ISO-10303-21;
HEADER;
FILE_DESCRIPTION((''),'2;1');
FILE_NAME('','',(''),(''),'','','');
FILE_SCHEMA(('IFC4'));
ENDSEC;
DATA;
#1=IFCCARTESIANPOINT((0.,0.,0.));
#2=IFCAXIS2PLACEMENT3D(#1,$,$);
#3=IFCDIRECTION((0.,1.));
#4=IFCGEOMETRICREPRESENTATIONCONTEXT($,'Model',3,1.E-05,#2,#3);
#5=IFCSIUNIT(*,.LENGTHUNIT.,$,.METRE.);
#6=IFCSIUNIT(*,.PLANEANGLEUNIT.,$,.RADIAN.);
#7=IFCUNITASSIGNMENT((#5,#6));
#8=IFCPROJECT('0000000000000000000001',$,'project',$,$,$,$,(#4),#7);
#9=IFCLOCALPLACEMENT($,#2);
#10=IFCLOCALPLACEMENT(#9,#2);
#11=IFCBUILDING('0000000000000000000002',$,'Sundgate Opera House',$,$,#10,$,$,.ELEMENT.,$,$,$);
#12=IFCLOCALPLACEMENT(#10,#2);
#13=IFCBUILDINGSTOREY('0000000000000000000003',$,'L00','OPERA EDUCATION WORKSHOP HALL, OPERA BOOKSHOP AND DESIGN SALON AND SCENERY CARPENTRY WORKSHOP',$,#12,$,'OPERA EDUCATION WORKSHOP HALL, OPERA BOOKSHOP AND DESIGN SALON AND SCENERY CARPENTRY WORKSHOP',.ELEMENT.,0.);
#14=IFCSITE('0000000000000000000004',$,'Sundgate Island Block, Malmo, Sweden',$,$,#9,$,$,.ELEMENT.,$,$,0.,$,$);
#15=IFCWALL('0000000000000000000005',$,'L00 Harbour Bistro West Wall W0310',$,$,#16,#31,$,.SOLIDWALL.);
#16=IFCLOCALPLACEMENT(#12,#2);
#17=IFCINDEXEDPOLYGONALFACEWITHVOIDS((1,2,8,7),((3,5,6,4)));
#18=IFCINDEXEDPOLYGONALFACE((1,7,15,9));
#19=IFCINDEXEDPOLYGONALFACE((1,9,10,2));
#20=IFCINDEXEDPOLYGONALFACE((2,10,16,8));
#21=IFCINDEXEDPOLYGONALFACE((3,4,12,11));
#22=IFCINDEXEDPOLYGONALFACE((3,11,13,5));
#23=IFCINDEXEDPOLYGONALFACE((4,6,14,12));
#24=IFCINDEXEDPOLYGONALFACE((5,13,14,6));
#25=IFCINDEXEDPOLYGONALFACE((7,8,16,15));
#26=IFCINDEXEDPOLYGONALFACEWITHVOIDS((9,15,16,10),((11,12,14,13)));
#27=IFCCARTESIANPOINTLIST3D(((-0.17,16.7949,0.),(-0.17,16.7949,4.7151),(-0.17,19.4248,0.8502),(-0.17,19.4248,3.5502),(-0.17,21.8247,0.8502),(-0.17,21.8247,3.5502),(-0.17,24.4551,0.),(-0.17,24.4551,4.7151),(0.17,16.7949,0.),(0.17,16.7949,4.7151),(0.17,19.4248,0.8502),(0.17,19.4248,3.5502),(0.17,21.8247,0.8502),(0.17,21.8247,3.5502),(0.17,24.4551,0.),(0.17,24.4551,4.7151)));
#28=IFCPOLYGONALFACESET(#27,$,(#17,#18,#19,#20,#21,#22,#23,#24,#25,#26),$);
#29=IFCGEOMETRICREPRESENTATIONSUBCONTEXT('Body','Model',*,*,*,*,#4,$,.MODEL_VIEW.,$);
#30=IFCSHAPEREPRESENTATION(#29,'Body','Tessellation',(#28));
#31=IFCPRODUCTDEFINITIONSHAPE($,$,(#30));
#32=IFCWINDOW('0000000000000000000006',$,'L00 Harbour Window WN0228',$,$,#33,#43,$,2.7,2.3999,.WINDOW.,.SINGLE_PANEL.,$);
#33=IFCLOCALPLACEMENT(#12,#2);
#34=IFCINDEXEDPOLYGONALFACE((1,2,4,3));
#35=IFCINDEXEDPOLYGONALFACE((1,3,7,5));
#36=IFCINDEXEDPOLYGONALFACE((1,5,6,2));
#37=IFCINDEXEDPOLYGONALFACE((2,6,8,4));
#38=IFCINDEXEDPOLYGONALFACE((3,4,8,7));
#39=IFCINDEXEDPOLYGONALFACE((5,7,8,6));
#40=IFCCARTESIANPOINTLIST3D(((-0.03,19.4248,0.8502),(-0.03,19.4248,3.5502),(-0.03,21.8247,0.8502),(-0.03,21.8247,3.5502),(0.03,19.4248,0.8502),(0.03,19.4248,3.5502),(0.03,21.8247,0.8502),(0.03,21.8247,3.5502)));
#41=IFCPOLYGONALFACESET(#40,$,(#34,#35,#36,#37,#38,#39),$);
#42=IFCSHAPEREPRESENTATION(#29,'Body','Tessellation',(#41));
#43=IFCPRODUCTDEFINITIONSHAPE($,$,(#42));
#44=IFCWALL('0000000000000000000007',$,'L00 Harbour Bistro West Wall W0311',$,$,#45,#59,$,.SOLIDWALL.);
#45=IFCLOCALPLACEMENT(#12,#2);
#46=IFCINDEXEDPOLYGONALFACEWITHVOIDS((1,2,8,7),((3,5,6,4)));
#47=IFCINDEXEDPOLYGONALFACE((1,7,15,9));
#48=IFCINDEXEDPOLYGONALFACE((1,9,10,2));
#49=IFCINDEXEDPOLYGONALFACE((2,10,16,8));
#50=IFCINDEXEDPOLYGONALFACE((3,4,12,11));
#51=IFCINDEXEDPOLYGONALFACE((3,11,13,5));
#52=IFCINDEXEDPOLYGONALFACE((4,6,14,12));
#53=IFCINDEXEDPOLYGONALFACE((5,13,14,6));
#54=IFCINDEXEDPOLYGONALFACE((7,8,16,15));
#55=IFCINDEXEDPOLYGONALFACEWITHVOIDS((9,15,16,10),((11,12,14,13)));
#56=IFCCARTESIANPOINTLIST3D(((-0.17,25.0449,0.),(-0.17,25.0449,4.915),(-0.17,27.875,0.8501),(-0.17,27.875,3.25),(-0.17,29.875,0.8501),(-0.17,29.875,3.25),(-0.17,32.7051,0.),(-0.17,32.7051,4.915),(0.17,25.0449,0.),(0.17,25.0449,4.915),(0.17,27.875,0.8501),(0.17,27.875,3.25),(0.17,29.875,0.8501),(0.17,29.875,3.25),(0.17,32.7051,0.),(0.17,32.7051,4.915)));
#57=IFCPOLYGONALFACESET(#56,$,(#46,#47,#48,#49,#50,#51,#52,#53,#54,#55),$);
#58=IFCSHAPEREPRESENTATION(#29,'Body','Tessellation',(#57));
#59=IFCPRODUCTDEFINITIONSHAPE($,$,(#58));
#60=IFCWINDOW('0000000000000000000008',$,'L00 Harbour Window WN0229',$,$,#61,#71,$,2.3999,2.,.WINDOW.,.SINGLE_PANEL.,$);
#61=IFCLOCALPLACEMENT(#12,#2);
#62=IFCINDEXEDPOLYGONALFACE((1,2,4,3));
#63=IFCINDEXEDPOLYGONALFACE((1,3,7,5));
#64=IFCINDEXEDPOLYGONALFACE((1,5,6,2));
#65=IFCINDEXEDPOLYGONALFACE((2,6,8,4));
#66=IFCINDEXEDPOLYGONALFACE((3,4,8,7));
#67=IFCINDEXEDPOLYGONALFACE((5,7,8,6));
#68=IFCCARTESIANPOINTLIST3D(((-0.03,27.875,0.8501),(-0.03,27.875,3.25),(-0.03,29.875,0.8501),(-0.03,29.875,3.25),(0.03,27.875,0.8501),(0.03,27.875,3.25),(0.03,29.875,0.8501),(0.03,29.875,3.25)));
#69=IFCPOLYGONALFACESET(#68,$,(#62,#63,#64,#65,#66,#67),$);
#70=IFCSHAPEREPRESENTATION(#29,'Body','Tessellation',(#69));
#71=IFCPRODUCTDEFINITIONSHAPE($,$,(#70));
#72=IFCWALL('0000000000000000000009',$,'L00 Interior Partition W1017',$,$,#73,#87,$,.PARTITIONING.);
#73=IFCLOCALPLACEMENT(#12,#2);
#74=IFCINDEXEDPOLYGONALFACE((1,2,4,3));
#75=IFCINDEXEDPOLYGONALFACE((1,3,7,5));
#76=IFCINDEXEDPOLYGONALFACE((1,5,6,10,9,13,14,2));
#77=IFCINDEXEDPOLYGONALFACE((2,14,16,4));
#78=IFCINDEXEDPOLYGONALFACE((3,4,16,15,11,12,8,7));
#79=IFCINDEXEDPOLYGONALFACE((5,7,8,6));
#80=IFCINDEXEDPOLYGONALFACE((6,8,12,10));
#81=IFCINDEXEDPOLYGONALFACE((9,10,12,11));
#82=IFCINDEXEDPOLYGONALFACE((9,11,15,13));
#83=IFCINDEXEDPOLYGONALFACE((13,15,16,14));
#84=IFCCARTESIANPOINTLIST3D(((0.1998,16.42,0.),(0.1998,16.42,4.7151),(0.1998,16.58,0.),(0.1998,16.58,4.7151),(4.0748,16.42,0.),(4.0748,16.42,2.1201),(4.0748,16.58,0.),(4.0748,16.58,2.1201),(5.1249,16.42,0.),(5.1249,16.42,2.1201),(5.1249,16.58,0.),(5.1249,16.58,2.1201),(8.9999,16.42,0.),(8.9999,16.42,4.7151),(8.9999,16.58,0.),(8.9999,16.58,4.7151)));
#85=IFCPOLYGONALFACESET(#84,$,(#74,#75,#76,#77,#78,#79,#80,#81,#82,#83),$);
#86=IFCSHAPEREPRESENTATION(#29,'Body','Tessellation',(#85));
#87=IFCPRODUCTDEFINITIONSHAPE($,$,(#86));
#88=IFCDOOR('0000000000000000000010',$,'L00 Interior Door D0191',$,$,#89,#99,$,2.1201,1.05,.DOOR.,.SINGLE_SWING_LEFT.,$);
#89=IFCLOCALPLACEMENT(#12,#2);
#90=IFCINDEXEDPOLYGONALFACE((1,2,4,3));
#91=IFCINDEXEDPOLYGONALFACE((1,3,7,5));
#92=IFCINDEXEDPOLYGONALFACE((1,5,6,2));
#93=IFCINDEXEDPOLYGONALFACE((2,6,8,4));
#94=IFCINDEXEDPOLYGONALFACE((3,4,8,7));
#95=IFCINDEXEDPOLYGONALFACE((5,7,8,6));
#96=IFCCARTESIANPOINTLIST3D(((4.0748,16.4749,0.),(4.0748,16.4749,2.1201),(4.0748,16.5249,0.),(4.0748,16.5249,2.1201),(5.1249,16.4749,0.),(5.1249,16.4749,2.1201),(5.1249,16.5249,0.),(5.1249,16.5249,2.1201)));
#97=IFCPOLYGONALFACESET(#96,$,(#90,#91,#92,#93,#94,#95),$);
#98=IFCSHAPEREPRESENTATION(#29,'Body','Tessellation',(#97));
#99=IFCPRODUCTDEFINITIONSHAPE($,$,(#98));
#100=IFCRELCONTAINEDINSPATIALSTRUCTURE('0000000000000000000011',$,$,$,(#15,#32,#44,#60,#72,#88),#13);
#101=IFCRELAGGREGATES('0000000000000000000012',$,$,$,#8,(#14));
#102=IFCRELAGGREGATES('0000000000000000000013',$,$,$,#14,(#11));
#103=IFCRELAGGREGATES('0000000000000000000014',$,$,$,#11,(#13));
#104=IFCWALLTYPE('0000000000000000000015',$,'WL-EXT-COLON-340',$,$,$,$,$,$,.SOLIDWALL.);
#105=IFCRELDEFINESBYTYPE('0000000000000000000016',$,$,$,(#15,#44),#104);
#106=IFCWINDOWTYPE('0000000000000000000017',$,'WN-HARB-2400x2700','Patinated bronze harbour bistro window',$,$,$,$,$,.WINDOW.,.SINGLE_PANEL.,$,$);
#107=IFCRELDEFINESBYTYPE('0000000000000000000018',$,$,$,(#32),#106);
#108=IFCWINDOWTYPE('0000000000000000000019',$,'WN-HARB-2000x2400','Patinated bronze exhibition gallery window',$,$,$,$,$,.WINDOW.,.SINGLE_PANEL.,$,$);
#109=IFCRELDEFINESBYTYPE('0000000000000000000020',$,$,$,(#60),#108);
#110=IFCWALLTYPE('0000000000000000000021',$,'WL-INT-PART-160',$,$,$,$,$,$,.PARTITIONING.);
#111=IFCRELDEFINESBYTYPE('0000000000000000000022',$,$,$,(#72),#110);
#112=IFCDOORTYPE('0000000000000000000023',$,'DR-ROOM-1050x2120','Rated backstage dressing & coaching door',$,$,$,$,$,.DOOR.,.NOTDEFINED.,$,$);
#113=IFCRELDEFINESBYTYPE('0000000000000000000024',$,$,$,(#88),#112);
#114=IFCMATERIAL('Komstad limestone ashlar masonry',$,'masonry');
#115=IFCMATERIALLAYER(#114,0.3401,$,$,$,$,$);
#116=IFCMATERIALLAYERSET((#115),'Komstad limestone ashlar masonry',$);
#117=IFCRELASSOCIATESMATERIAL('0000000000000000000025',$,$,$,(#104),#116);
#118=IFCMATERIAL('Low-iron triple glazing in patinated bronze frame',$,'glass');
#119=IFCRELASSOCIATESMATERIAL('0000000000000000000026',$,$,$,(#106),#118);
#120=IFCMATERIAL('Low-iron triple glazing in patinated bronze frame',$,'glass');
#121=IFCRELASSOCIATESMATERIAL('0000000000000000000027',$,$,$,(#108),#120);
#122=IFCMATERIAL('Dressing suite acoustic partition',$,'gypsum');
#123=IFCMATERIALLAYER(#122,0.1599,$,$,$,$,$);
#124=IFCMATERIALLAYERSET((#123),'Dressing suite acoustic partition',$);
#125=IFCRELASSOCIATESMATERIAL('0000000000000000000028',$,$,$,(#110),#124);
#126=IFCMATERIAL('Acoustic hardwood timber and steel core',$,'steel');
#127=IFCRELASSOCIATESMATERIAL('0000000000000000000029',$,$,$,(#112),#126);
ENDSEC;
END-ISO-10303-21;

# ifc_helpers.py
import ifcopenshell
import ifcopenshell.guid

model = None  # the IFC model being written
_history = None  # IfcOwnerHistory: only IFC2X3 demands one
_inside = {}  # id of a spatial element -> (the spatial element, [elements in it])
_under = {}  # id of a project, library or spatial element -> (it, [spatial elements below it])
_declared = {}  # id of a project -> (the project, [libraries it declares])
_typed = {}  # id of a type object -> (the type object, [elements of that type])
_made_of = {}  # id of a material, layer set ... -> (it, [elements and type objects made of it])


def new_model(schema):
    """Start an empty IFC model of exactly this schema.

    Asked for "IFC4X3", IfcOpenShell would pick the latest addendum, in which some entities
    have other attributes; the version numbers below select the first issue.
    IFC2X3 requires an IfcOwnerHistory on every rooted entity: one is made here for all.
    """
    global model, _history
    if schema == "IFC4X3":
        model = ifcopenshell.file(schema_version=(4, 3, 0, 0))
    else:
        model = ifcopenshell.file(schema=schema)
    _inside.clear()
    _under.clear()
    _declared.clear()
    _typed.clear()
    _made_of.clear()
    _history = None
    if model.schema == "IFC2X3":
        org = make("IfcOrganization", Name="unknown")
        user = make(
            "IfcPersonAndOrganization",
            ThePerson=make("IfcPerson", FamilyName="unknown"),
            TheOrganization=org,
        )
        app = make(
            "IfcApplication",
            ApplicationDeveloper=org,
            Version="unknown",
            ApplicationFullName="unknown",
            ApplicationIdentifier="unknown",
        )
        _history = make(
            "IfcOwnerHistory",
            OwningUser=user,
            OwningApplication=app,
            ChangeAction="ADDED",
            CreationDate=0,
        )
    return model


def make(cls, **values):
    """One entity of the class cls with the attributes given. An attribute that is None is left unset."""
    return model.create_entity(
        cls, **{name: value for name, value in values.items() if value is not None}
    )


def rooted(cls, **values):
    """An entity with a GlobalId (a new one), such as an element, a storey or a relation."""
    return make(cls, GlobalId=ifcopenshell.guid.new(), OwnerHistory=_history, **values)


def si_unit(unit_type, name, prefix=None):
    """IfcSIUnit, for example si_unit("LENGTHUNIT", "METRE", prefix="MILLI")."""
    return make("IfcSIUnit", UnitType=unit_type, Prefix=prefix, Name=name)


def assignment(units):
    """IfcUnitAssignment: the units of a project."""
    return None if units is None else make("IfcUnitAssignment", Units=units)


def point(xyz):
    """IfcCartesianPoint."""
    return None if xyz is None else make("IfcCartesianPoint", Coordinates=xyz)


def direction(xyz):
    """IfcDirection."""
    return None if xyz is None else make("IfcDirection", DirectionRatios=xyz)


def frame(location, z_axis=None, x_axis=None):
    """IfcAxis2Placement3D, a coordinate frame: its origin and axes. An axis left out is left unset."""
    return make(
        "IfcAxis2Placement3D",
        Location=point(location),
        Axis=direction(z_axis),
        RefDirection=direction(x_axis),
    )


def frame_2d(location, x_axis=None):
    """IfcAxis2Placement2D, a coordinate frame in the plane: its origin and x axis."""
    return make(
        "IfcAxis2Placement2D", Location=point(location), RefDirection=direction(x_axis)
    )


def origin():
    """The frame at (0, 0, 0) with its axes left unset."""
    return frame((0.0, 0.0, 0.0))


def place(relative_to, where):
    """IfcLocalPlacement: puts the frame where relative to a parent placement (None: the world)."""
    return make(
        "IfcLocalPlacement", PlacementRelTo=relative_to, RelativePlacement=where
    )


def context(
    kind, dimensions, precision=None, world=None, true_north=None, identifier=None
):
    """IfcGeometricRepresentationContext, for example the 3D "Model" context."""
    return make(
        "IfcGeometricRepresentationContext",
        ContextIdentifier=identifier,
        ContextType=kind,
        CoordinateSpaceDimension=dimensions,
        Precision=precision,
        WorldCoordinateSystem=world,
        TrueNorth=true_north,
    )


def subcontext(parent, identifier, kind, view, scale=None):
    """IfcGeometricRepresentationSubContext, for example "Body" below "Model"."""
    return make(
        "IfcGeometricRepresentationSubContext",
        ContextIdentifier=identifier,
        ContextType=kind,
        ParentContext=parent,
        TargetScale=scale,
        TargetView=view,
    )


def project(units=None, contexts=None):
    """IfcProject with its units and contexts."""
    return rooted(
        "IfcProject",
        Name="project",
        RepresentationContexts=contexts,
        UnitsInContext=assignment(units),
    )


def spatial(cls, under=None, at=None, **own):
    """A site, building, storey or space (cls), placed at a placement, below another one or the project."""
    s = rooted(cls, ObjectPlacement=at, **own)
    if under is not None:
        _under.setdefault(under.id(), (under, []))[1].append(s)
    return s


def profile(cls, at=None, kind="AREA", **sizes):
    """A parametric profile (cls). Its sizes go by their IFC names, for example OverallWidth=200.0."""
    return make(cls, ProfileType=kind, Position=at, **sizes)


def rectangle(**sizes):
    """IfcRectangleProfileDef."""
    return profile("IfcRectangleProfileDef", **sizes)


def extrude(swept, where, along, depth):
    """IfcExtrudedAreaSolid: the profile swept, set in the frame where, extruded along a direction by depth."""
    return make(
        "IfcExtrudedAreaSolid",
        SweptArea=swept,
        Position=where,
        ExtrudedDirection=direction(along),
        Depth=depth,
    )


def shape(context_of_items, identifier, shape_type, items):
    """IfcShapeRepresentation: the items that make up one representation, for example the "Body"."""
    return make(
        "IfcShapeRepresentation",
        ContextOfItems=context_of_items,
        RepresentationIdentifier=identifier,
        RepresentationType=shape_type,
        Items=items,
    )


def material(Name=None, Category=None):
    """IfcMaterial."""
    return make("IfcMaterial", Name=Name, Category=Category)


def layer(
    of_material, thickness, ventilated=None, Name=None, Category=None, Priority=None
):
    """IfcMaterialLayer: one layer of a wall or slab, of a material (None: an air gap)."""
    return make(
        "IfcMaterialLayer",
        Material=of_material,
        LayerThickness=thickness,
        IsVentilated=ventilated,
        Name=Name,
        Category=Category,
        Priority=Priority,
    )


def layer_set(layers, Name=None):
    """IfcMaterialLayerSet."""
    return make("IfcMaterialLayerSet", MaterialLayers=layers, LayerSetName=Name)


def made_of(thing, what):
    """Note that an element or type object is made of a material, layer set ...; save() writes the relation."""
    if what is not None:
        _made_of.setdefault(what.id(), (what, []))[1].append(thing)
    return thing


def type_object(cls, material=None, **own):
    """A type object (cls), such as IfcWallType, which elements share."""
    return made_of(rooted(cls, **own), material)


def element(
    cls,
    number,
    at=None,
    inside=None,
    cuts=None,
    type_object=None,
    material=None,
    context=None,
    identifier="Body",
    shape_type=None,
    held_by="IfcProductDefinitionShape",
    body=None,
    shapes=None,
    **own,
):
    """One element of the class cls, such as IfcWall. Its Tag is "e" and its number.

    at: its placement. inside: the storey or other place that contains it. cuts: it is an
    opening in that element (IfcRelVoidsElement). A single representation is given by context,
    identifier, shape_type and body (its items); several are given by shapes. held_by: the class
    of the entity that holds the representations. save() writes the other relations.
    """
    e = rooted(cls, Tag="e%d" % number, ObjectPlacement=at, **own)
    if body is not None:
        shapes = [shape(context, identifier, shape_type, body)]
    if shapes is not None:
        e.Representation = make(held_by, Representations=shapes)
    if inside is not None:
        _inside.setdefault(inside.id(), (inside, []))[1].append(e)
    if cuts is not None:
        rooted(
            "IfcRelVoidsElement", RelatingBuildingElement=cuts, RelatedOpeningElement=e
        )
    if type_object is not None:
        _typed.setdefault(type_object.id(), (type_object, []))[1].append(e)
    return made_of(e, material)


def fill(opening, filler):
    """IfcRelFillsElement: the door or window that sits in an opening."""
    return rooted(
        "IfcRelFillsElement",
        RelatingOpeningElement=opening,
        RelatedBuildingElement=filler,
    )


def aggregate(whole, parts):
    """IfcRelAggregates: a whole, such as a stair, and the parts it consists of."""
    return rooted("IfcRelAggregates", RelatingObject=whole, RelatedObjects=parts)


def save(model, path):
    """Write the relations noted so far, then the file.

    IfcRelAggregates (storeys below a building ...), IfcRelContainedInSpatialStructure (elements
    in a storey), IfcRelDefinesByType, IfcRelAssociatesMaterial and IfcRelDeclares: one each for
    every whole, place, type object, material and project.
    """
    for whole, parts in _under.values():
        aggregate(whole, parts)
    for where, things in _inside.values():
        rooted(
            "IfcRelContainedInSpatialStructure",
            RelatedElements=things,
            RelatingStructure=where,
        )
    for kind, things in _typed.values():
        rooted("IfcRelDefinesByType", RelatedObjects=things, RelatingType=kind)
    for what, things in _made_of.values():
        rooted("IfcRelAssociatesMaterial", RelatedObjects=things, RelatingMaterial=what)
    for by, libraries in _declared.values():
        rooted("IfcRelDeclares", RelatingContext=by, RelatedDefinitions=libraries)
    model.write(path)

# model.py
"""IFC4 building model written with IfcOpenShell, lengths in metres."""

from ifc_helpers import new_model, si_unit, direction, frame, frame_2d, origin, place, context, subcontext, project, spatial, rectangle, extrude, material, layer, layer_set, type_object, element, fill, save


model = new_model("IFC4")

# Units and contexts
model_context = context("Model", 3, precision=1e-05, world=origin(), true_north=direction((0.0, 1.0)))
body_context = subcontext(model_context, "Body", "Model", "MODEL_VIEW")
ifc_project = project(units=[si_unit("LENGTHUNIT", "METRE"), si_unit("PLANEANGLEUNIT", "RADIAN")], contexts=[model_context])

# Site, building, storey
site_placement = place(None, origin())
site = spatial("IfcSite", under=ifc_project, at=site_placement, Name="Sundgate Island Block, Malmo, Sweden", CompositionType="ELEMENT", RefElevation=0.0)
building_placement = place(site_placement, origin())
building = spatial("IfcBuilding", under=site, at=building_placement, Name="Sundgate Opera House", CompositionType="ELEMENT")
storey_placement = place(building_placement, origin())
storey = spatial("IfcBuildingStorey", under=building, at=storey_placement, Name="L00", Description="OPERA EDUCATION WORKSHOP HALL, OPERA BOOKSHOP AND DESIGN SALON AND SCENERY CARPENTRY WORKSHOP", LongName="OPERA EDUCATION WORKSHOP HALL, OPERA BOOKSHOP AND DESIGN SALON AND SCENERY CARPENTRY WORKSHOP", CompositionType="ELEMENT", Elevation=0.0)

# Shared definitions
ifc_material_1 = material(Name="Komstad limestone ashlar masonry", Category="masonry")
ifc_layer_1 = layer(ifc_material_1, 0.3401)
ifc_layer_set_1 = layer_set([ifc_layer_1], Name="Komstad limestone ashlar masonry")
wall_type_1 = type_object("IfcWallType", Name="WL-EXT-COLON-340", PredefinedType="SOLIDWALL", material=ifc_layer_set_1)

# Walls, openings, windows
wall_1_placement = place(storey_placement, frame((0.0, 16.7949, 0.0), z_axis=(0.0, 0.0, 1.0), x_axis=(0.0, 1.0, 0.0)))
wall_1 = element("IfcWall", 1, at=wall_1_placement, inside=storey, type_object=wall_type_1, Name="L00 Harbour Bistro West Wall W0310", PredefinedType="SOLIDWALL", context=body_context, shape_type="SweptSolid", body=[
    extrude(rectangle(XDim=7.6602, YDim=0.3401, at=frame_2d((3.8301, 0.0))), origin(), (0.0, 0.0, 1.0), 4.7151),
])
opening_1_placement = place(wall_1_placement, frame((2.6299, 0.0, 0.8501)))
opening_1 = element("IfcOpeningElement", 2, at=opening_1_placement, cuts=wall_1, PredefinedType="OPENING", context=body_context, shape_type="SweptSolid", body=[
    extrude(rectangle(XDim=2.3999, YDim=2.7, at=frame_2d((1.2, 1.3501))), frame((0.0, 0.1799, 0.0), z_axis=(0.0, -1.0, 0.0), x_axis=(1.0, 0.0, 0.0)), (0.0, 0.0, 1.0), 0.3601),
])
ifc_material_2 = material(Name="Low-iron triple glazing in patinated bronze frame", Category="glass")
window_type_1 = type_object("IfcWindowType", Name="WN-HARB-2400x2700", Description="Patinated bronze harbour bistro window", PartitioningType="SINGLE_PANEL", PredefinedType="WINDOW", material=ifc_material_2)
window_1_placement = place(opening_1_placement, origin())
window_1 = element("IfcWindow", 3, at=window_1_placement, inside=storey, type_object=window_type_1, Name="L00 Harbour Window WN0228", OverallHeight=2.7, OverallWidth=2.3999, PartitioningType="SINGLE_PANEL", PredefinedType="WINDOW", context=body_context, shape_type="SweptSolid", body=[
    extrude(rectangle(XDim=2.3999, YDim=2.7, at=frame_2d((1.2, 1.3501))), frame((0.0, 0.03, 0.0), z_axis=(0.0, -1.0, 0.0), x_axis=(1.0, 0.0, 0.0)), (0.0, 0.0, 1.0), 0.0601),
])
fill(opening_1, window_1)
wall_2_placement = place(storey_placement, frame((0.0, 25.0449, 0.0), z_axis=(0.0, 0.0, 1.0), x_axis=(0.0, 1.0, 0.0)))
wall_2 = element("IfcWall", 4, at=wall_2_placement, inside=storey, type_object=wall_type_1, Name="L00 Harbour Bistro West Wall W0311", PredefinedType="SOLIDWALL", context=body_context, shape_type="SweptSolid", body=[
    extrude(rectangle(XDim=7.6602, YDim=0.3401, at=frame_2d((3.8301, 0.0))), origin(), (0.0, 0.0, 1.0), 4.915),
])
opening_2_placement = place(wall_2_placement, frame((2.8301, 0.0, 0.8501)))
opening_2 = element("IfcOpeningElement", 5, at=opening_2_placement, cuts=wall_2, PredefinedType="OPENING", context=body_context, shape_type="SweptSolid", body=[
    extrude(rectangle(XDim=2.0, YDim=2.3999, at=frame_2d((1.0, 1.2))), frame((0.0, 0.1799, 0.0), z_axis=(0.0, -1.0, 0.0), x_axis=(1.0, 0.0, 0.0)), (0.0, 0.0, 1.0), 0.3601),
])
ifc_material_3 = material(Name="Low-iron triple glazing in patinated bronze frame", Category="glass")
window_type_2 = type_object("IfcWindowType", Name="WN-HARB-2000x2400", Description="Patinated bronze exhibition gallery window", PartitioningType="SINGLE_PANEL", PredefinedType="WINDOW", material=ifc_material_3)
window_2_placement = place(opening_2_placement, origin())
window_2 = element("IfcWindow", 6, at=window_2_placement, inside=storey, type_object=window_type_2, Name="L00 Harbour Window WN0229", OverallHeight=2.3999, OverallWidth=2.0, PartitioningType="SINGLE_PANEL", PredefinedType="WINDOW", context=body_context, shape_type="SweptSolid", body=[
    extrude(rectangle(XDim=2.0, YDim=2.3999, at=frame_2d((1.0, 1.2))), frame((0.0, 0.03, 0.0), z_axis=(0.0, -1.0, 0.0), x_axis=(1.0, 0.0, 0.0)), (0.0, 0.0, 1.0), 0.0601),
])
fill(opening_2, window_2)

# Wall, opening, door
ifc_material_4 = material(Name="Dressing suite acoustic partition", Category="gypsum")
ifc_layer_2 = layer(ifc_material_4, 0.1599)
ifc_layer_set_2 = layer_set([ifc_layer_2], Name="Dressing suite acoustic partition")
wall_type_2 = type_object("IfcWallType", Name="WL-INT-PART-160", PredefinedType="PARTITIONING", material=ifc_layer_set_2)
wall_3_placement = place(storey_placement, frame((0.2, 16.5, 0.0), z_axis=(0.0, 0.0, 1.0), x_axis=(1.0, 0.0, 0.0)))
wall_3 = element("IfcWall", 7, at=wall_3_placement, inside=storey, type_object=wall_type_2, Name="L00 Interior Partition W1017", PredefinedType="PARTITIONING", context=body_context, shape_type="SweptSolid", body=[
    extrude(rectangle(XDim=8.8, YDim=0.1599, at=frame_2d((4.3999, 0.0))), origin(), (0.0, 0.0, 1.0), 4.7151),
])
opening_3_placement = place(wall_3_placement, frame((3.875, 0.0, 0.0)))
opening_3 = element("IfcOpeningElement", 8, at=opening_3_placement, cuts=wall_3, PredefinedType="OPENING", context=body_context, shape_type="SweptSolid", body=[
    extrude(rectangle(XDim=1.05, YDim=2.1201, at=frame_2d((0.5249, 1.0601))), frame((0.0, 0.0898, 0.0), z_axis=(0.0, -1.0, 0.0), x_axis=(1.0, 0.0, 0.0)), (0.0, 0.0, 1.0), 0.1799),
])
ifc_material_5 = material(Name="Acoustic hardwood timber and steel core", Category="steel")
door_type_1 = type_object("IfcDoorType", Name="DR-ROOM-1050x2120", Description="Rated backstage dressing & coaching door", OperationType="NOTDEFINED", PredefinedType="DOOR", material=ifc_material_5)
door_1_placement = place(opening_3_placement, origin())
door_1 = element("IfcDoor", 9, at=door_1_placement, inside=storey, type_object=door_type_1, Name="L00 Interior Door D0191", OperationType="SINGLE_SWING_LEFT", OverallHeight=2.1201, OverallWidth=1.05, PredefinedType="DOOR", context=body_context, shape_type="SweptSolid", body=[
    extrude(rectangle(XDim=1.05, YDim=2.1201, at=frame_2d((0.5249, 1.0601))), frame((0.0, 0.0249, 0.0), z_axis=(0.0, -1.0, 0.0), x_axis=(1.0, 0.0, 0.0)), (0.0, 0.0, 1.0), 0.05),
])
fill(opening_3, door_1)

save(model, "model.ifc")
